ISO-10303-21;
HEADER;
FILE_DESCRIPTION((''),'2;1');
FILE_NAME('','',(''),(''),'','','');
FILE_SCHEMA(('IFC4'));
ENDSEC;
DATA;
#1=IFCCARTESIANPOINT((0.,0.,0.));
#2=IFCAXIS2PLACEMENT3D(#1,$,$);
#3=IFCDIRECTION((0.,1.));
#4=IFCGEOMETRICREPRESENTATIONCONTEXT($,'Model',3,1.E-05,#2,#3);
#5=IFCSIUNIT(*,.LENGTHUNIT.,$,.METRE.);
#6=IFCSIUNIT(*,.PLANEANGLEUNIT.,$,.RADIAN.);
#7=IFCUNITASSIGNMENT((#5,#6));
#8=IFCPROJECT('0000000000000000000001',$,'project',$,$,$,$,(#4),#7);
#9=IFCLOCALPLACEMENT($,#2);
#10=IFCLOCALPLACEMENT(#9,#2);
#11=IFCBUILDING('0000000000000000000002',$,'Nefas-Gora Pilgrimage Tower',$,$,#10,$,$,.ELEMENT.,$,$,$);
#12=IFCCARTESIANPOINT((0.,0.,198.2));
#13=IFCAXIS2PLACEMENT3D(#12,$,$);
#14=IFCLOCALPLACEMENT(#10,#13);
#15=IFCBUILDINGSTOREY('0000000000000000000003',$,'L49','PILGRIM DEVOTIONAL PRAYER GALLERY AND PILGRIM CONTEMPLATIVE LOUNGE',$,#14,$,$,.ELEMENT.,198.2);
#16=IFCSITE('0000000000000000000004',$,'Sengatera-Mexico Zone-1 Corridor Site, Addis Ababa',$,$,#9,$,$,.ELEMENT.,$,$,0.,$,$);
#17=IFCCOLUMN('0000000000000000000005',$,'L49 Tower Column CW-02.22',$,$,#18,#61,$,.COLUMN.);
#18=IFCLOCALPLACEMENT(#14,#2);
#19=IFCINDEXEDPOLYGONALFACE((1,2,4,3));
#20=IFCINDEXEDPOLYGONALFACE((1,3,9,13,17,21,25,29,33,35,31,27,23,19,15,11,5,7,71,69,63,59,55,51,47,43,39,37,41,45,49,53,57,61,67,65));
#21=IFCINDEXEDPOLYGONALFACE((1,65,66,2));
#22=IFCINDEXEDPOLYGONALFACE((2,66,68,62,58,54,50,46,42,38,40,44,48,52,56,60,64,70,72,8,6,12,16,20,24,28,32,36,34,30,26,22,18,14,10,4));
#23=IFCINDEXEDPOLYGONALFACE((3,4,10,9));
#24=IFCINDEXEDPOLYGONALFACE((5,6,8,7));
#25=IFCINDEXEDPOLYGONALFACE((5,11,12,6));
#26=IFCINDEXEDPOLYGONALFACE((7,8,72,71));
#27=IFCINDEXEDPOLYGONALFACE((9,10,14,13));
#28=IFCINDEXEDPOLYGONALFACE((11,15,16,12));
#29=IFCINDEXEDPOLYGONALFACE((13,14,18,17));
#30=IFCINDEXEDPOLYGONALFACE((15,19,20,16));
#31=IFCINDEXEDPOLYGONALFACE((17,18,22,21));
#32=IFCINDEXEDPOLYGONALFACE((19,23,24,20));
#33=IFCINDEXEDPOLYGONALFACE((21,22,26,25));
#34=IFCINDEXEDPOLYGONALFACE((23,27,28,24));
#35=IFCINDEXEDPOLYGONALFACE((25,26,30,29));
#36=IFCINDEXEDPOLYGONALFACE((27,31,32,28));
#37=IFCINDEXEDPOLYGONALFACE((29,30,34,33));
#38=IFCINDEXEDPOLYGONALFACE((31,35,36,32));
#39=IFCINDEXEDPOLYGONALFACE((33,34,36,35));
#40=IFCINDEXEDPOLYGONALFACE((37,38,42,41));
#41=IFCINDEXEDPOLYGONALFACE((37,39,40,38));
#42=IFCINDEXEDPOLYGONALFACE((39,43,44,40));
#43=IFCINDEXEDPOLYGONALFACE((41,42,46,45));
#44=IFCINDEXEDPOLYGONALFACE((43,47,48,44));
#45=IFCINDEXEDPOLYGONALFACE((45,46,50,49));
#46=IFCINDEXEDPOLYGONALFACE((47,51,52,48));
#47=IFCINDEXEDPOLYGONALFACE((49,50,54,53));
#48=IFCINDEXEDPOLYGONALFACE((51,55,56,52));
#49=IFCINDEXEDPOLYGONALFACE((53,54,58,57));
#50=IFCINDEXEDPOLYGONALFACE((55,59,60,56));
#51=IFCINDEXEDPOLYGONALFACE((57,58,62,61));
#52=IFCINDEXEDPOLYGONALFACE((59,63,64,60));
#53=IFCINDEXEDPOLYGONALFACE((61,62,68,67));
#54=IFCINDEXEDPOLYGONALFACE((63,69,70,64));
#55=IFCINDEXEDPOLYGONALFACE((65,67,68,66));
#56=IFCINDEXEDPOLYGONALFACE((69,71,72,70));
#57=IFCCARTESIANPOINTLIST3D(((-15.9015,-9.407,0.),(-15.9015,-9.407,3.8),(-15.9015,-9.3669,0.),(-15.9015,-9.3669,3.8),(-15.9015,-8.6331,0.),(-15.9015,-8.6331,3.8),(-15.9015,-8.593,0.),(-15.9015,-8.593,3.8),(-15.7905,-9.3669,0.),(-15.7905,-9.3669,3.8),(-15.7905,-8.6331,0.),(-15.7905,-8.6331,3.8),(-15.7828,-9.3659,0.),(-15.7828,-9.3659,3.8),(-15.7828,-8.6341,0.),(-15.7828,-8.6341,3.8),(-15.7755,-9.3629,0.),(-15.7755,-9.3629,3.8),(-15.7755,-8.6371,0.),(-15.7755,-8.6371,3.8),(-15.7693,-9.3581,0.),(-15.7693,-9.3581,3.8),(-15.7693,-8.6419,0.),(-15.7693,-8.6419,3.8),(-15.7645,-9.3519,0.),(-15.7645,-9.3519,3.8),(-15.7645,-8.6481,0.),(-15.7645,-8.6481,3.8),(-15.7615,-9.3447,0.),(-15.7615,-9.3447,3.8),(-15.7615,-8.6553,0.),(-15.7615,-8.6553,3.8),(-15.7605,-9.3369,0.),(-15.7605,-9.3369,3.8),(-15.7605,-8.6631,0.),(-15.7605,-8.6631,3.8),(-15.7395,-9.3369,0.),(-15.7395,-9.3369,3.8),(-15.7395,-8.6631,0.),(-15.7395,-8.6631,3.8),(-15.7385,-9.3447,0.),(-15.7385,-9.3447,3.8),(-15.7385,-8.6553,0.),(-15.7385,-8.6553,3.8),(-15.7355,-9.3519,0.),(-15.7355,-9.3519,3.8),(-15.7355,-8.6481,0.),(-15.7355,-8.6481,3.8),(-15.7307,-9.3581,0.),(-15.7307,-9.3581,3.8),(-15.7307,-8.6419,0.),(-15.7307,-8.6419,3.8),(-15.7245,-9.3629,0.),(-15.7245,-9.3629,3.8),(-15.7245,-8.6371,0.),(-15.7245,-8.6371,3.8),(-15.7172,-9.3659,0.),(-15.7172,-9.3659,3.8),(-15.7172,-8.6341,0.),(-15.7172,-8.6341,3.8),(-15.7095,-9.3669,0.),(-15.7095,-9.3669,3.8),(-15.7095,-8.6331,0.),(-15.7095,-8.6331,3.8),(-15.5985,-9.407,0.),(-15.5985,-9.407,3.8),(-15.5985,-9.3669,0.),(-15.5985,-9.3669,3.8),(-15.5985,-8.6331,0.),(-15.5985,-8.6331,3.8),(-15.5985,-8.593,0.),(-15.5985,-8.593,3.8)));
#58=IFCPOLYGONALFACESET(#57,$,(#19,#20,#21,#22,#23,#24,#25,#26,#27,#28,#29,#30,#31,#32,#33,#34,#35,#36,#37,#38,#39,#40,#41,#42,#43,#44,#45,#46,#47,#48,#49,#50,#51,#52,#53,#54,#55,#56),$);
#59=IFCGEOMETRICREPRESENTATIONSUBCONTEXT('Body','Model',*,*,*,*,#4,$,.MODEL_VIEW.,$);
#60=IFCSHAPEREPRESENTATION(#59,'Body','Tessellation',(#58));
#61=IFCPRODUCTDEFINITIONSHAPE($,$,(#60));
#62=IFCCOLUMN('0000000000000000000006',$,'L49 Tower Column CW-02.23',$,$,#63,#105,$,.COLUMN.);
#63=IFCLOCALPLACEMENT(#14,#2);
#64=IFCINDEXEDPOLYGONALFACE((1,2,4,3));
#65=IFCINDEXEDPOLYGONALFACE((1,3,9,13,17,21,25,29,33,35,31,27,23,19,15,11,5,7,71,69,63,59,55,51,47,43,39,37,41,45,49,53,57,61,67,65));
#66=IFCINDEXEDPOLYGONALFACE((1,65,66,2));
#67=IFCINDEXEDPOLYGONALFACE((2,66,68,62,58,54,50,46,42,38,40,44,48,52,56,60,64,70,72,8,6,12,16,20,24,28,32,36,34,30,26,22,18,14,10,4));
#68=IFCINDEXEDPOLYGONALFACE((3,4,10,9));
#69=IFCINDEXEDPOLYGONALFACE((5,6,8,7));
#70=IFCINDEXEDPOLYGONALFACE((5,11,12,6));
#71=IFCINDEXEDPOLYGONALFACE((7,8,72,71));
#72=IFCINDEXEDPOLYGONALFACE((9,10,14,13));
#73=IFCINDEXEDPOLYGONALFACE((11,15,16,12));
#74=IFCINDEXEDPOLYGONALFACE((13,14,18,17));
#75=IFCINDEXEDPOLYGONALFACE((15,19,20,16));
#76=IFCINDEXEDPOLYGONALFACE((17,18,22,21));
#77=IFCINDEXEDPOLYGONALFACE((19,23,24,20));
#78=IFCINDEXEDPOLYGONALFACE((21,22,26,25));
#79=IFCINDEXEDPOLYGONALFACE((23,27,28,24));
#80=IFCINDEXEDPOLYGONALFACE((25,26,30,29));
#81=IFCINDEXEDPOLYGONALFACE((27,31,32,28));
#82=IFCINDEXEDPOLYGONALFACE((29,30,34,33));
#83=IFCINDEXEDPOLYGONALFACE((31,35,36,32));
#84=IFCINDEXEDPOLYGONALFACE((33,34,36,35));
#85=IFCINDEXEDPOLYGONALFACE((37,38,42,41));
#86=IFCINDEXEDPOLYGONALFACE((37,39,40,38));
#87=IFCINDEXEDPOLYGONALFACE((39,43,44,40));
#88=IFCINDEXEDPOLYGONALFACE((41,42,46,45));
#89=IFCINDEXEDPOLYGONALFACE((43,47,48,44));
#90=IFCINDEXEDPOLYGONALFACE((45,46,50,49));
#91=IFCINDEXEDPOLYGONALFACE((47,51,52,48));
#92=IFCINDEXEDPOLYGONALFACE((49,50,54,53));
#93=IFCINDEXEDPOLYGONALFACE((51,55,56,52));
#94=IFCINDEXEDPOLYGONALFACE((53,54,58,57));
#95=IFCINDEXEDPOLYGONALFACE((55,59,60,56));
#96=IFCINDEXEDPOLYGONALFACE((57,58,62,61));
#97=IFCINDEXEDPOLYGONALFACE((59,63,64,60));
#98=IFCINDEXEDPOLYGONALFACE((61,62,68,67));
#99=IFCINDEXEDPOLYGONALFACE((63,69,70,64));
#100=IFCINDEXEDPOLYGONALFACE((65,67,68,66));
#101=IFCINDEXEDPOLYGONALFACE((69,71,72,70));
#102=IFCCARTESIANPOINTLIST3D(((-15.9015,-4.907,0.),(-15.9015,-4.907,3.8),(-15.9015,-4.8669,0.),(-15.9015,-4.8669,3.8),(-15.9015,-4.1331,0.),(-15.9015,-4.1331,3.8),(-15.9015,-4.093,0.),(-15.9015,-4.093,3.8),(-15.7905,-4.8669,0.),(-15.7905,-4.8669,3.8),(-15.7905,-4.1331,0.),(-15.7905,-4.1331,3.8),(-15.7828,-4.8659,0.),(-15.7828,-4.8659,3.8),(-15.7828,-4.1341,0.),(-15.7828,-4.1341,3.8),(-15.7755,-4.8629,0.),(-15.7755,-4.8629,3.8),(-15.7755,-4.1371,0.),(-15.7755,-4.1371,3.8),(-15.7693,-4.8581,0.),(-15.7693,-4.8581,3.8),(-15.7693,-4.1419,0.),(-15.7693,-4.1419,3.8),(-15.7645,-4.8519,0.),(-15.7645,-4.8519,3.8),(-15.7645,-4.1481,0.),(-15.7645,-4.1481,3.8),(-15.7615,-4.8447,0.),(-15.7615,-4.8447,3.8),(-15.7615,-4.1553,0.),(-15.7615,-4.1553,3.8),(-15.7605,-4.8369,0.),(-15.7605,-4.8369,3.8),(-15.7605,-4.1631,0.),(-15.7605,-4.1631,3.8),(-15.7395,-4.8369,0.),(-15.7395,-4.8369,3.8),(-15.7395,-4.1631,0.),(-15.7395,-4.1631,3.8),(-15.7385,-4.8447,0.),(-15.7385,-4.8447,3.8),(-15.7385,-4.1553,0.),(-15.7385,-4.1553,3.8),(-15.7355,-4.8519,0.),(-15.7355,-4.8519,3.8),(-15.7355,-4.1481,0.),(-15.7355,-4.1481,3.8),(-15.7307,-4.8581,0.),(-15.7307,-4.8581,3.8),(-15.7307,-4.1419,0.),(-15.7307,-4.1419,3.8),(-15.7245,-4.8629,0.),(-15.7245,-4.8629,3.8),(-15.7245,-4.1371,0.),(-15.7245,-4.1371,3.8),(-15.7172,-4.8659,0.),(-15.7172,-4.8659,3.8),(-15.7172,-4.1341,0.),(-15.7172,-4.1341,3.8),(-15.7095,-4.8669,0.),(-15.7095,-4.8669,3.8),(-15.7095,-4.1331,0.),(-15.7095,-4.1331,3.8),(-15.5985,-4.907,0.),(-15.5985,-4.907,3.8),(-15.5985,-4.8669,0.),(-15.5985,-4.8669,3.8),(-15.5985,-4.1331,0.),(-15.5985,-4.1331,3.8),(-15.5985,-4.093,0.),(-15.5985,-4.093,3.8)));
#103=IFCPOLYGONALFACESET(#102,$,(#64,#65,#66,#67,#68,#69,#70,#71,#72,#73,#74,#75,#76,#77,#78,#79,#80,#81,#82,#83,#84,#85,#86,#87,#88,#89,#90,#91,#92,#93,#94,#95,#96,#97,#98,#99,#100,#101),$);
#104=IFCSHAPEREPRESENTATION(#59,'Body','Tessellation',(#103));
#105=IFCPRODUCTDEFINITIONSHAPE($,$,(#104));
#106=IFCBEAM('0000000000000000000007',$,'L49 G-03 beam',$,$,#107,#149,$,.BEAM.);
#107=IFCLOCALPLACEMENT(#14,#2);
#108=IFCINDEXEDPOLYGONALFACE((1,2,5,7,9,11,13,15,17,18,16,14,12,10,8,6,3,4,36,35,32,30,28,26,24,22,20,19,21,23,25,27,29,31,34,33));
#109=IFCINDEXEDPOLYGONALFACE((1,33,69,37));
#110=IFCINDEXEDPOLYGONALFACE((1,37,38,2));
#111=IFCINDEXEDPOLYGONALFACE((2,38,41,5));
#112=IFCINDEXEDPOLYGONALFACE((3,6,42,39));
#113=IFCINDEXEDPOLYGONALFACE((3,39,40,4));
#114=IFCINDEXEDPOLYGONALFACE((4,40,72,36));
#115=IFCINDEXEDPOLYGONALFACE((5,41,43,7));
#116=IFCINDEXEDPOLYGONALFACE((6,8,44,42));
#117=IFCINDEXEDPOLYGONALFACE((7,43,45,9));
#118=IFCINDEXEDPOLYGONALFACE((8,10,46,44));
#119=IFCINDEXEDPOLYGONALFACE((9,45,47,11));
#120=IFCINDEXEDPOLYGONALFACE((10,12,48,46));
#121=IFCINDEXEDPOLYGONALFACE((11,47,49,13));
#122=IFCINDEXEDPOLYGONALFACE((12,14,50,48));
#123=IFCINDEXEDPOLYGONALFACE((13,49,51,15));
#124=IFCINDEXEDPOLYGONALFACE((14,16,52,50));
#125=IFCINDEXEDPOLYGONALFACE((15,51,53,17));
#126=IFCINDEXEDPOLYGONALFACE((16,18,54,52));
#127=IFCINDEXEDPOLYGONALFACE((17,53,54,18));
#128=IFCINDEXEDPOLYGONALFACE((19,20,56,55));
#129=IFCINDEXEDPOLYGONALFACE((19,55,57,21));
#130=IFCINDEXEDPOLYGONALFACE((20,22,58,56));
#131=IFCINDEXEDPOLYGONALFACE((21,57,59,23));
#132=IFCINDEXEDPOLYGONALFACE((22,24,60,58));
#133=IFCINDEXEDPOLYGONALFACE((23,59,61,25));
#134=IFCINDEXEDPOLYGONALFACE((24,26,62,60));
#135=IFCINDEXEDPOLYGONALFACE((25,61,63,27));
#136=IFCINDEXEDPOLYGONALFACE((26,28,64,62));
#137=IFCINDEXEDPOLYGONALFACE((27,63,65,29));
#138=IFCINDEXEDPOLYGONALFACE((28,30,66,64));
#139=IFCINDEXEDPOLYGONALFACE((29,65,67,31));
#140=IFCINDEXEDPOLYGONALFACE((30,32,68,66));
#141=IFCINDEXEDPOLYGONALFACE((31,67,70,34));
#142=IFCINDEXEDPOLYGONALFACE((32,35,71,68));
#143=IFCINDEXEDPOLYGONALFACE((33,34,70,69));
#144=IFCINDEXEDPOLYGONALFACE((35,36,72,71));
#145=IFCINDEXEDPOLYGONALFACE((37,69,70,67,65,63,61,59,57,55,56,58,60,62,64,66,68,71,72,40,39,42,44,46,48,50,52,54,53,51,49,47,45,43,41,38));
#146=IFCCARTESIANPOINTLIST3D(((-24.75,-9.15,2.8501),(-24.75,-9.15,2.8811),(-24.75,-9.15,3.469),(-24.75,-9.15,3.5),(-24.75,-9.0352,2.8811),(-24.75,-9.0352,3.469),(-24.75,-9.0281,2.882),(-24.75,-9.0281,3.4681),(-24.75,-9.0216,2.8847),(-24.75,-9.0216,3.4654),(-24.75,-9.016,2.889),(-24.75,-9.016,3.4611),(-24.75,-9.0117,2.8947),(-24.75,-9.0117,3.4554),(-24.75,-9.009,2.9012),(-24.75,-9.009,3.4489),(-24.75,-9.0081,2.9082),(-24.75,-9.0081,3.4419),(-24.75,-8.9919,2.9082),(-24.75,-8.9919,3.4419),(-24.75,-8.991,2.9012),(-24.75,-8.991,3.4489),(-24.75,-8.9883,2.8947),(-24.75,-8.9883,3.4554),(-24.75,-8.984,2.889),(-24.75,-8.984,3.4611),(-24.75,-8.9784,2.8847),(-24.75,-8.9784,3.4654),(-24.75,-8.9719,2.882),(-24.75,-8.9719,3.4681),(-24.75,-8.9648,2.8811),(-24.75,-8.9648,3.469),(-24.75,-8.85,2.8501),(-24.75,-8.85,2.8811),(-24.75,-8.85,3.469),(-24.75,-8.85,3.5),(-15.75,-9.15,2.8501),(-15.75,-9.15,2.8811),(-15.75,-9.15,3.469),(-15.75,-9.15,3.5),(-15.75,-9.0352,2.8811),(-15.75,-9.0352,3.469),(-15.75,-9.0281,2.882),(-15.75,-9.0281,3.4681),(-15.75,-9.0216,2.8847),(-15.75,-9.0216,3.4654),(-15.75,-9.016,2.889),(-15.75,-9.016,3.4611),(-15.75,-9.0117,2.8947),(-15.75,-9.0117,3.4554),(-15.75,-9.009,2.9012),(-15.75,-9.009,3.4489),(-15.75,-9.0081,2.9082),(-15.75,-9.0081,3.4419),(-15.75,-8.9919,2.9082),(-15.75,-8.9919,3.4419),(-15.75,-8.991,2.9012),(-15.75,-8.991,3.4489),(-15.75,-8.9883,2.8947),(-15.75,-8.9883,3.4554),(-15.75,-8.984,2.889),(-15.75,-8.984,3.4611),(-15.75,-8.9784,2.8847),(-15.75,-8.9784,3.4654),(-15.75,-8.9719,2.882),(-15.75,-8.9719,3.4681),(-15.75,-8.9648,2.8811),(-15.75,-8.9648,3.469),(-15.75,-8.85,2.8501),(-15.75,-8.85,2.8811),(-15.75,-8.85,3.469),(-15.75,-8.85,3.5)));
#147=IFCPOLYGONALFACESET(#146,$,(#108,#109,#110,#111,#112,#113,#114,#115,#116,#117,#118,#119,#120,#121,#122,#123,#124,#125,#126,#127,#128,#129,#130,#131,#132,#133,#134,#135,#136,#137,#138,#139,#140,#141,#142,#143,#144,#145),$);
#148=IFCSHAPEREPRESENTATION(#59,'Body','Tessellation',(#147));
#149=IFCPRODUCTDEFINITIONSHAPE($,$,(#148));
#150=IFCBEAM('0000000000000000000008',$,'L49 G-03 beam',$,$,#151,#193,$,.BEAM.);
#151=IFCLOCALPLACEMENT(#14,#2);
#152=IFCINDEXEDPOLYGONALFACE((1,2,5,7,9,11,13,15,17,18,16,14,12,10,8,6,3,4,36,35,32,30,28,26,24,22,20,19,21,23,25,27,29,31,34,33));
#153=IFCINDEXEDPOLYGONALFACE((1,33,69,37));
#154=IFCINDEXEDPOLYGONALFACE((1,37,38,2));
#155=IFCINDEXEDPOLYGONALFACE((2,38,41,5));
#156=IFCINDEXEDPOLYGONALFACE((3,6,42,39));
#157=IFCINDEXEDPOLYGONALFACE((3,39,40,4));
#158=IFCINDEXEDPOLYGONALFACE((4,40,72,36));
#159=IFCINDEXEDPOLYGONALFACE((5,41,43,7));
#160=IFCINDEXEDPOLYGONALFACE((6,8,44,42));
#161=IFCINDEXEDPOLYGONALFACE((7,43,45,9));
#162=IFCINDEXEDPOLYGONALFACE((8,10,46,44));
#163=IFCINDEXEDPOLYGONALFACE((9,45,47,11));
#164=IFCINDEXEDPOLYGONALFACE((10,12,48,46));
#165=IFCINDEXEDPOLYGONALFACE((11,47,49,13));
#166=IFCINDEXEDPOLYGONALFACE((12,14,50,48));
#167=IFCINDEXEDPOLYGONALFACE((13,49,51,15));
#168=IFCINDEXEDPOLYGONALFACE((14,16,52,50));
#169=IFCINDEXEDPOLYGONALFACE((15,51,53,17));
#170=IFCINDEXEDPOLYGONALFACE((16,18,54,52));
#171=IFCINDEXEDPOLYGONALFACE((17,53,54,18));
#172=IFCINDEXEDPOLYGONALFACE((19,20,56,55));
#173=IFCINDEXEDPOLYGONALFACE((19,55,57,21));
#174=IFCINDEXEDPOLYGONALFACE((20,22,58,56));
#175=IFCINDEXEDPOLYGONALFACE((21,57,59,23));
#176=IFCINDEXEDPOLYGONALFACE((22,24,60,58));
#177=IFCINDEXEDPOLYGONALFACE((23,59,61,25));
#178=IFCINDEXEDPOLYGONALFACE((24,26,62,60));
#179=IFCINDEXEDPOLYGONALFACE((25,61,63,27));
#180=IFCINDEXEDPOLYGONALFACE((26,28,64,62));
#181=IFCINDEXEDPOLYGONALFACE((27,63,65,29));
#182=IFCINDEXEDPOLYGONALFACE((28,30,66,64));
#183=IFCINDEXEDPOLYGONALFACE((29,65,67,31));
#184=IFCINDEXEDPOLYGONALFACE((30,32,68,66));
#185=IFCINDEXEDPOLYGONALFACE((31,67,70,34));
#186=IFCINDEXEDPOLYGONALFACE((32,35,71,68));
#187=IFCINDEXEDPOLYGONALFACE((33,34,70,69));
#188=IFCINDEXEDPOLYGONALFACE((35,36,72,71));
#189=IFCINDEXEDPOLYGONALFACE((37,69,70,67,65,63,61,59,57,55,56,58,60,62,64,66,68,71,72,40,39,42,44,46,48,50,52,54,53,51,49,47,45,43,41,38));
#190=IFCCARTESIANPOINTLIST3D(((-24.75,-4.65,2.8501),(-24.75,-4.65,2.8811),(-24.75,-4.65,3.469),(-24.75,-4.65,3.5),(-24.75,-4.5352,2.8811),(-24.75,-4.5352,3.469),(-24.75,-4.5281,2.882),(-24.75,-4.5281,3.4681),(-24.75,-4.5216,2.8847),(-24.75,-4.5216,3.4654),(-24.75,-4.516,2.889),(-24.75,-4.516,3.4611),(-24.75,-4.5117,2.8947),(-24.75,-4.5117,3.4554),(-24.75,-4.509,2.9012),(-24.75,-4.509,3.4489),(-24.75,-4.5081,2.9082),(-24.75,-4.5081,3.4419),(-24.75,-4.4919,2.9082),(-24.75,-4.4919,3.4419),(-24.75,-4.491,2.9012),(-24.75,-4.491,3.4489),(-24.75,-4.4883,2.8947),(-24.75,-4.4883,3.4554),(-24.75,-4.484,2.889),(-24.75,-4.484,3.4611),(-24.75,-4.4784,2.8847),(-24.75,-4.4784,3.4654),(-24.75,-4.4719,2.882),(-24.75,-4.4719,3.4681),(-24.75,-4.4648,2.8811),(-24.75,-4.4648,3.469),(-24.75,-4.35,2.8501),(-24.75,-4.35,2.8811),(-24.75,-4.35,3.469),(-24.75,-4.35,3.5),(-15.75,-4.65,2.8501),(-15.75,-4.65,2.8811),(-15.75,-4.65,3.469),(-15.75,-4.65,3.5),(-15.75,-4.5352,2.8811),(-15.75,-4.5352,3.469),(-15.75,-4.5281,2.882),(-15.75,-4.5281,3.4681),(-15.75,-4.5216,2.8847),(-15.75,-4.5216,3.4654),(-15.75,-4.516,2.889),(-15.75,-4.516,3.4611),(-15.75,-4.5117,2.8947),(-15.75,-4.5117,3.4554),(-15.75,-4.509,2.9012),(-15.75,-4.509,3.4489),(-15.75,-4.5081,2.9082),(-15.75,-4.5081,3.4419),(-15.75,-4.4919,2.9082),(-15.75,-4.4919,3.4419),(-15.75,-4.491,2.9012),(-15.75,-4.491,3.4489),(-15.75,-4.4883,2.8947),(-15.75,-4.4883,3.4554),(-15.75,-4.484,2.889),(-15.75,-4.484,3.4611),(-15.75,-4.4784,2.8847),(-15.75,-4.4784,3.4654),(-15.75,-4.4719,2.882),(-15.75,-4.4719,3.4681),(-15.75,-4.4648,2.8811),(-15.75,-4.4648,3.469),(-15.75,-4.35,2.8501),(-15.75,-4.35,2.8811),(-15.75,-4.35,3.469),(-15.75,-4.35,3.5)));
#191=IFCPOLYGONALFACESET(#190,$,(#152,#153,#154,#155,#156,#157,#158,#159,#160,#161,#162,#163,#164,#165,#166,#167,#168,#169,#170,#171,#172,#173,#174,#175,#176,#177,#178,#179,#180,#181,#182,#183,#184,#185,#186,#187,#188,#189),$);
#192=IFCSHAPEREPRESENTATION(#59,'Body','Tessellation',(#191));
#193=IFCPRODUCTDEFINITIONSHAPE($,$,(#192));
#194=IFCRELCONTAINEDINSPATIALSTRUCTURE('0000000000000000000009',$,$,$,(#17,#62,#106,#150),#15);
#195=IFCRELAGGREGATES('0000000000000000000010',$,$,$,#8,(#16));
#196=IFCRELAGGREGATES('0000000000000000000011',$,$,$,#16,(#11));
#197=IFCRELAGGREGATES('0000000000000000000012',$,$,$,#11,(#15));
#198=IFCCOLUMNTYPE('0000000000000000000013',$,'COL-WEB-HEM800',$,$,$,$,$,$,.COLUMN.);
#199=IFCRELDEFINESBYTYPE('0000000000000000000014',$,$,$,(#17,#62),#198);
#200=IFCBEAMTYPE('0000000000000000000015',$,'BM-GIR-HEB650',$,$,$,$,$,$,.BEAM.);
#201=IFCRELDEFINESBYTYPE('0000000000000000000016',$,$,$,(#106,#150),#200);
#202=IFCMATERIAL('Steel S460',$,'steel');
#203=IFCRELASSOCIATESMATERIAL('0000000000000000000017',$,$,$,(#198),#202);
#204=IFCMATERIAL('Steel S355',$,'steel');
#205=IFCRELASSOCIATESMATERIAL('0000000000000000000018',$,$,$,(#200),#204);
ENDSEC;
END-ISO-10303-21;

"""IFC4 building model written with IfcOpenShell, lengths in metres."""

from ifc_helpers import new_model, si_unit, direction, frame, origin, origin_2d, place, context, subcontext, project, spatial, i_section, extrude, source, transform, mapped, material, material_profile, profile_set, type_object, element, save


model = new_model("IFC4")

# Units and contexts
model_context = context("Model", 3, precision=1e-05, world=origin(), true_north=direction((0.0, 1.0)))
body_context = subcontext(model_context, "Body", "Model", "MODEL_VIEW")
ifc_project = project(units=[si_unit("LENGTHUNIT", "METRE"), si_unit("PLANEANGLEUNIT", "RADIAN")], contexts=[model_context])

# Site, building, storey
site_placement = place(None, origin())
site = spatial("IfcSite", under=ifc_project, at=site_placement, Name="Sengatera-Mexico Zone-1 Corridor Site, Addis Ababa", CompositionType="ELEMENT", RefElevation=0.0)
building_placement = place(site_placement, origin())
building = spatial("IfcBuilding", under=site, at=building_placement, Name="Nefas-Gora Pilgrimage Tower", CompositionType="ELEMENT")
storey_placement = place(building_placement, frame((0.0, 0.0, 198.2)))
storey = spatial("IfcBuildingStorey", under=building, at=storey_placement, Name="L49", Description="PILGRIM DEVOTIONAL PRAYER GALLERY AND PILGRIM CONTEMPLATIVE LOUNGE", CompositionType="ELEMENT", Elevation=198.2)

# Columns
ifc_material_1 = material(Name="Steel S460", Category="steel")
ifc_material_profile_1 = material_profile(ifc_material_1, i_section(OverallWidth=0.303, OverallDepth=0.814, WebThickness=0.021, FlangeThickness=0.04, FilletRadius=0.03, at=origin_2d()), Name="HEM 800")
ifc_profile_set_1 = profile_set([ifc_material_profile_1], Name="Steel S460")
column_type_1 = type_object("IfcColumnType", Name="COL-WEB-HEM800", PredefinedType="COLUMN", material=ifc_profile_set_1)
shared_shape_1 = source(origin(), body_context, "Body", "SweptSolid", [
    extrude(i_section(OverallWidth=0.303, OverallDepth=0.814, WebThickness=0.021, FlangeThickness=0.04, FilletRadius=0.03, at=origin_2d()), origin(), (0.0, 0.0, 1.0), 3.8),
])
for number, where, z_axis, x_axis, name in (
    (1, (-15.75, -9.0, 0.0), (0.0, 0.0, 1.0), (1.0, 0.0, 0.0), "L49 Tower Column CW-02.22"),
    (2, (-15.75, -4.5, 0.0), (0.0, 0.0, 1.0), (1.0, 0.0, 0.0), "L49 Tower Column CW-02.23"),
):
    element("IfcColumn", number, at=place(storey_placement, frame(where, z_axis=z_axis, x_axis=x_axis)), inside=storey, type_object=column_type_1, Name=name, PredefinedType="COLUMN", context=body_context, shape_type="MappedRepresentation", body=[
        mapped(shared_shape_1, transform((0.0, 0.0, 0.0), x_axis=(1.0, 0.0, 0.0), y_axis=(0.0, 1.0, 0.0), z_axis=(0.0, 0.0, 1.0), scale=1.0)),
    ])

# Beams
ifc_material_2 = material(Name="Steel S355", Category="steel")
ifc_material_profile_2 = material_profile(ifc_material_2, i_section(OverallWidth=0.3, OverallDepth=0.6499, WebThickness=0.0161, FlangeThickness=0.031, FilletRadius=0.0271, at=origin_2d()), Name="HEB 650")
ifc_profile_set_2 = profile_set([ifc_material_profile_2], Name="Steel S355")
beam_type = type_object("IfcBeamType", Name="BM-GIR-HEB650", PredefinedType="BEAM", material=ifc_profile_set_2)
shared_shape_2 = source(origin(), body_context, "Body", "SweptSolid", [
    extrude(i_section(OverallWidth=0.3, OverallDepth=0.6499, WebThickness=0.0161, FlangeThickness=0.031, FilletRadius=0.0271, at=origin_2d()), origin(), (0.0, 0.0, 1.0), 9.0),
])
for number, where, z_axis, x_axis, name in (
    (3, (-24.75, -9.0, 3.175), (1.0, 0.0, 0.0), (0.0, 1.0, 0.0), "L49 G-03 beam"),
    (4, (-24.75, -4.5, 3.175), (1.0, 0.0, 0.0), (0.0, 1.0, 0.0), "L49 G-03 beam"),
):
    element("IfcBeam", number, at=place(storey_placement, frame(where, z_axis=z_axis, x_axis=x_axis)), inside=storey, type_object=beam_type, Name=name, PredefinedType="BEAM", context=body_context, shape_type="MappedRepresentation", body=[
        mapped(shared_shape_2, transform((0.0, 0.0, 0.0), x_axis=(1.0, 0.0, 0.0), y_axis=(0.0, 1.0, 0.0), z_axis=(0.0, 0.0, 1.0), scale=1.0)),
    ])

save(model, "model.ifc")
